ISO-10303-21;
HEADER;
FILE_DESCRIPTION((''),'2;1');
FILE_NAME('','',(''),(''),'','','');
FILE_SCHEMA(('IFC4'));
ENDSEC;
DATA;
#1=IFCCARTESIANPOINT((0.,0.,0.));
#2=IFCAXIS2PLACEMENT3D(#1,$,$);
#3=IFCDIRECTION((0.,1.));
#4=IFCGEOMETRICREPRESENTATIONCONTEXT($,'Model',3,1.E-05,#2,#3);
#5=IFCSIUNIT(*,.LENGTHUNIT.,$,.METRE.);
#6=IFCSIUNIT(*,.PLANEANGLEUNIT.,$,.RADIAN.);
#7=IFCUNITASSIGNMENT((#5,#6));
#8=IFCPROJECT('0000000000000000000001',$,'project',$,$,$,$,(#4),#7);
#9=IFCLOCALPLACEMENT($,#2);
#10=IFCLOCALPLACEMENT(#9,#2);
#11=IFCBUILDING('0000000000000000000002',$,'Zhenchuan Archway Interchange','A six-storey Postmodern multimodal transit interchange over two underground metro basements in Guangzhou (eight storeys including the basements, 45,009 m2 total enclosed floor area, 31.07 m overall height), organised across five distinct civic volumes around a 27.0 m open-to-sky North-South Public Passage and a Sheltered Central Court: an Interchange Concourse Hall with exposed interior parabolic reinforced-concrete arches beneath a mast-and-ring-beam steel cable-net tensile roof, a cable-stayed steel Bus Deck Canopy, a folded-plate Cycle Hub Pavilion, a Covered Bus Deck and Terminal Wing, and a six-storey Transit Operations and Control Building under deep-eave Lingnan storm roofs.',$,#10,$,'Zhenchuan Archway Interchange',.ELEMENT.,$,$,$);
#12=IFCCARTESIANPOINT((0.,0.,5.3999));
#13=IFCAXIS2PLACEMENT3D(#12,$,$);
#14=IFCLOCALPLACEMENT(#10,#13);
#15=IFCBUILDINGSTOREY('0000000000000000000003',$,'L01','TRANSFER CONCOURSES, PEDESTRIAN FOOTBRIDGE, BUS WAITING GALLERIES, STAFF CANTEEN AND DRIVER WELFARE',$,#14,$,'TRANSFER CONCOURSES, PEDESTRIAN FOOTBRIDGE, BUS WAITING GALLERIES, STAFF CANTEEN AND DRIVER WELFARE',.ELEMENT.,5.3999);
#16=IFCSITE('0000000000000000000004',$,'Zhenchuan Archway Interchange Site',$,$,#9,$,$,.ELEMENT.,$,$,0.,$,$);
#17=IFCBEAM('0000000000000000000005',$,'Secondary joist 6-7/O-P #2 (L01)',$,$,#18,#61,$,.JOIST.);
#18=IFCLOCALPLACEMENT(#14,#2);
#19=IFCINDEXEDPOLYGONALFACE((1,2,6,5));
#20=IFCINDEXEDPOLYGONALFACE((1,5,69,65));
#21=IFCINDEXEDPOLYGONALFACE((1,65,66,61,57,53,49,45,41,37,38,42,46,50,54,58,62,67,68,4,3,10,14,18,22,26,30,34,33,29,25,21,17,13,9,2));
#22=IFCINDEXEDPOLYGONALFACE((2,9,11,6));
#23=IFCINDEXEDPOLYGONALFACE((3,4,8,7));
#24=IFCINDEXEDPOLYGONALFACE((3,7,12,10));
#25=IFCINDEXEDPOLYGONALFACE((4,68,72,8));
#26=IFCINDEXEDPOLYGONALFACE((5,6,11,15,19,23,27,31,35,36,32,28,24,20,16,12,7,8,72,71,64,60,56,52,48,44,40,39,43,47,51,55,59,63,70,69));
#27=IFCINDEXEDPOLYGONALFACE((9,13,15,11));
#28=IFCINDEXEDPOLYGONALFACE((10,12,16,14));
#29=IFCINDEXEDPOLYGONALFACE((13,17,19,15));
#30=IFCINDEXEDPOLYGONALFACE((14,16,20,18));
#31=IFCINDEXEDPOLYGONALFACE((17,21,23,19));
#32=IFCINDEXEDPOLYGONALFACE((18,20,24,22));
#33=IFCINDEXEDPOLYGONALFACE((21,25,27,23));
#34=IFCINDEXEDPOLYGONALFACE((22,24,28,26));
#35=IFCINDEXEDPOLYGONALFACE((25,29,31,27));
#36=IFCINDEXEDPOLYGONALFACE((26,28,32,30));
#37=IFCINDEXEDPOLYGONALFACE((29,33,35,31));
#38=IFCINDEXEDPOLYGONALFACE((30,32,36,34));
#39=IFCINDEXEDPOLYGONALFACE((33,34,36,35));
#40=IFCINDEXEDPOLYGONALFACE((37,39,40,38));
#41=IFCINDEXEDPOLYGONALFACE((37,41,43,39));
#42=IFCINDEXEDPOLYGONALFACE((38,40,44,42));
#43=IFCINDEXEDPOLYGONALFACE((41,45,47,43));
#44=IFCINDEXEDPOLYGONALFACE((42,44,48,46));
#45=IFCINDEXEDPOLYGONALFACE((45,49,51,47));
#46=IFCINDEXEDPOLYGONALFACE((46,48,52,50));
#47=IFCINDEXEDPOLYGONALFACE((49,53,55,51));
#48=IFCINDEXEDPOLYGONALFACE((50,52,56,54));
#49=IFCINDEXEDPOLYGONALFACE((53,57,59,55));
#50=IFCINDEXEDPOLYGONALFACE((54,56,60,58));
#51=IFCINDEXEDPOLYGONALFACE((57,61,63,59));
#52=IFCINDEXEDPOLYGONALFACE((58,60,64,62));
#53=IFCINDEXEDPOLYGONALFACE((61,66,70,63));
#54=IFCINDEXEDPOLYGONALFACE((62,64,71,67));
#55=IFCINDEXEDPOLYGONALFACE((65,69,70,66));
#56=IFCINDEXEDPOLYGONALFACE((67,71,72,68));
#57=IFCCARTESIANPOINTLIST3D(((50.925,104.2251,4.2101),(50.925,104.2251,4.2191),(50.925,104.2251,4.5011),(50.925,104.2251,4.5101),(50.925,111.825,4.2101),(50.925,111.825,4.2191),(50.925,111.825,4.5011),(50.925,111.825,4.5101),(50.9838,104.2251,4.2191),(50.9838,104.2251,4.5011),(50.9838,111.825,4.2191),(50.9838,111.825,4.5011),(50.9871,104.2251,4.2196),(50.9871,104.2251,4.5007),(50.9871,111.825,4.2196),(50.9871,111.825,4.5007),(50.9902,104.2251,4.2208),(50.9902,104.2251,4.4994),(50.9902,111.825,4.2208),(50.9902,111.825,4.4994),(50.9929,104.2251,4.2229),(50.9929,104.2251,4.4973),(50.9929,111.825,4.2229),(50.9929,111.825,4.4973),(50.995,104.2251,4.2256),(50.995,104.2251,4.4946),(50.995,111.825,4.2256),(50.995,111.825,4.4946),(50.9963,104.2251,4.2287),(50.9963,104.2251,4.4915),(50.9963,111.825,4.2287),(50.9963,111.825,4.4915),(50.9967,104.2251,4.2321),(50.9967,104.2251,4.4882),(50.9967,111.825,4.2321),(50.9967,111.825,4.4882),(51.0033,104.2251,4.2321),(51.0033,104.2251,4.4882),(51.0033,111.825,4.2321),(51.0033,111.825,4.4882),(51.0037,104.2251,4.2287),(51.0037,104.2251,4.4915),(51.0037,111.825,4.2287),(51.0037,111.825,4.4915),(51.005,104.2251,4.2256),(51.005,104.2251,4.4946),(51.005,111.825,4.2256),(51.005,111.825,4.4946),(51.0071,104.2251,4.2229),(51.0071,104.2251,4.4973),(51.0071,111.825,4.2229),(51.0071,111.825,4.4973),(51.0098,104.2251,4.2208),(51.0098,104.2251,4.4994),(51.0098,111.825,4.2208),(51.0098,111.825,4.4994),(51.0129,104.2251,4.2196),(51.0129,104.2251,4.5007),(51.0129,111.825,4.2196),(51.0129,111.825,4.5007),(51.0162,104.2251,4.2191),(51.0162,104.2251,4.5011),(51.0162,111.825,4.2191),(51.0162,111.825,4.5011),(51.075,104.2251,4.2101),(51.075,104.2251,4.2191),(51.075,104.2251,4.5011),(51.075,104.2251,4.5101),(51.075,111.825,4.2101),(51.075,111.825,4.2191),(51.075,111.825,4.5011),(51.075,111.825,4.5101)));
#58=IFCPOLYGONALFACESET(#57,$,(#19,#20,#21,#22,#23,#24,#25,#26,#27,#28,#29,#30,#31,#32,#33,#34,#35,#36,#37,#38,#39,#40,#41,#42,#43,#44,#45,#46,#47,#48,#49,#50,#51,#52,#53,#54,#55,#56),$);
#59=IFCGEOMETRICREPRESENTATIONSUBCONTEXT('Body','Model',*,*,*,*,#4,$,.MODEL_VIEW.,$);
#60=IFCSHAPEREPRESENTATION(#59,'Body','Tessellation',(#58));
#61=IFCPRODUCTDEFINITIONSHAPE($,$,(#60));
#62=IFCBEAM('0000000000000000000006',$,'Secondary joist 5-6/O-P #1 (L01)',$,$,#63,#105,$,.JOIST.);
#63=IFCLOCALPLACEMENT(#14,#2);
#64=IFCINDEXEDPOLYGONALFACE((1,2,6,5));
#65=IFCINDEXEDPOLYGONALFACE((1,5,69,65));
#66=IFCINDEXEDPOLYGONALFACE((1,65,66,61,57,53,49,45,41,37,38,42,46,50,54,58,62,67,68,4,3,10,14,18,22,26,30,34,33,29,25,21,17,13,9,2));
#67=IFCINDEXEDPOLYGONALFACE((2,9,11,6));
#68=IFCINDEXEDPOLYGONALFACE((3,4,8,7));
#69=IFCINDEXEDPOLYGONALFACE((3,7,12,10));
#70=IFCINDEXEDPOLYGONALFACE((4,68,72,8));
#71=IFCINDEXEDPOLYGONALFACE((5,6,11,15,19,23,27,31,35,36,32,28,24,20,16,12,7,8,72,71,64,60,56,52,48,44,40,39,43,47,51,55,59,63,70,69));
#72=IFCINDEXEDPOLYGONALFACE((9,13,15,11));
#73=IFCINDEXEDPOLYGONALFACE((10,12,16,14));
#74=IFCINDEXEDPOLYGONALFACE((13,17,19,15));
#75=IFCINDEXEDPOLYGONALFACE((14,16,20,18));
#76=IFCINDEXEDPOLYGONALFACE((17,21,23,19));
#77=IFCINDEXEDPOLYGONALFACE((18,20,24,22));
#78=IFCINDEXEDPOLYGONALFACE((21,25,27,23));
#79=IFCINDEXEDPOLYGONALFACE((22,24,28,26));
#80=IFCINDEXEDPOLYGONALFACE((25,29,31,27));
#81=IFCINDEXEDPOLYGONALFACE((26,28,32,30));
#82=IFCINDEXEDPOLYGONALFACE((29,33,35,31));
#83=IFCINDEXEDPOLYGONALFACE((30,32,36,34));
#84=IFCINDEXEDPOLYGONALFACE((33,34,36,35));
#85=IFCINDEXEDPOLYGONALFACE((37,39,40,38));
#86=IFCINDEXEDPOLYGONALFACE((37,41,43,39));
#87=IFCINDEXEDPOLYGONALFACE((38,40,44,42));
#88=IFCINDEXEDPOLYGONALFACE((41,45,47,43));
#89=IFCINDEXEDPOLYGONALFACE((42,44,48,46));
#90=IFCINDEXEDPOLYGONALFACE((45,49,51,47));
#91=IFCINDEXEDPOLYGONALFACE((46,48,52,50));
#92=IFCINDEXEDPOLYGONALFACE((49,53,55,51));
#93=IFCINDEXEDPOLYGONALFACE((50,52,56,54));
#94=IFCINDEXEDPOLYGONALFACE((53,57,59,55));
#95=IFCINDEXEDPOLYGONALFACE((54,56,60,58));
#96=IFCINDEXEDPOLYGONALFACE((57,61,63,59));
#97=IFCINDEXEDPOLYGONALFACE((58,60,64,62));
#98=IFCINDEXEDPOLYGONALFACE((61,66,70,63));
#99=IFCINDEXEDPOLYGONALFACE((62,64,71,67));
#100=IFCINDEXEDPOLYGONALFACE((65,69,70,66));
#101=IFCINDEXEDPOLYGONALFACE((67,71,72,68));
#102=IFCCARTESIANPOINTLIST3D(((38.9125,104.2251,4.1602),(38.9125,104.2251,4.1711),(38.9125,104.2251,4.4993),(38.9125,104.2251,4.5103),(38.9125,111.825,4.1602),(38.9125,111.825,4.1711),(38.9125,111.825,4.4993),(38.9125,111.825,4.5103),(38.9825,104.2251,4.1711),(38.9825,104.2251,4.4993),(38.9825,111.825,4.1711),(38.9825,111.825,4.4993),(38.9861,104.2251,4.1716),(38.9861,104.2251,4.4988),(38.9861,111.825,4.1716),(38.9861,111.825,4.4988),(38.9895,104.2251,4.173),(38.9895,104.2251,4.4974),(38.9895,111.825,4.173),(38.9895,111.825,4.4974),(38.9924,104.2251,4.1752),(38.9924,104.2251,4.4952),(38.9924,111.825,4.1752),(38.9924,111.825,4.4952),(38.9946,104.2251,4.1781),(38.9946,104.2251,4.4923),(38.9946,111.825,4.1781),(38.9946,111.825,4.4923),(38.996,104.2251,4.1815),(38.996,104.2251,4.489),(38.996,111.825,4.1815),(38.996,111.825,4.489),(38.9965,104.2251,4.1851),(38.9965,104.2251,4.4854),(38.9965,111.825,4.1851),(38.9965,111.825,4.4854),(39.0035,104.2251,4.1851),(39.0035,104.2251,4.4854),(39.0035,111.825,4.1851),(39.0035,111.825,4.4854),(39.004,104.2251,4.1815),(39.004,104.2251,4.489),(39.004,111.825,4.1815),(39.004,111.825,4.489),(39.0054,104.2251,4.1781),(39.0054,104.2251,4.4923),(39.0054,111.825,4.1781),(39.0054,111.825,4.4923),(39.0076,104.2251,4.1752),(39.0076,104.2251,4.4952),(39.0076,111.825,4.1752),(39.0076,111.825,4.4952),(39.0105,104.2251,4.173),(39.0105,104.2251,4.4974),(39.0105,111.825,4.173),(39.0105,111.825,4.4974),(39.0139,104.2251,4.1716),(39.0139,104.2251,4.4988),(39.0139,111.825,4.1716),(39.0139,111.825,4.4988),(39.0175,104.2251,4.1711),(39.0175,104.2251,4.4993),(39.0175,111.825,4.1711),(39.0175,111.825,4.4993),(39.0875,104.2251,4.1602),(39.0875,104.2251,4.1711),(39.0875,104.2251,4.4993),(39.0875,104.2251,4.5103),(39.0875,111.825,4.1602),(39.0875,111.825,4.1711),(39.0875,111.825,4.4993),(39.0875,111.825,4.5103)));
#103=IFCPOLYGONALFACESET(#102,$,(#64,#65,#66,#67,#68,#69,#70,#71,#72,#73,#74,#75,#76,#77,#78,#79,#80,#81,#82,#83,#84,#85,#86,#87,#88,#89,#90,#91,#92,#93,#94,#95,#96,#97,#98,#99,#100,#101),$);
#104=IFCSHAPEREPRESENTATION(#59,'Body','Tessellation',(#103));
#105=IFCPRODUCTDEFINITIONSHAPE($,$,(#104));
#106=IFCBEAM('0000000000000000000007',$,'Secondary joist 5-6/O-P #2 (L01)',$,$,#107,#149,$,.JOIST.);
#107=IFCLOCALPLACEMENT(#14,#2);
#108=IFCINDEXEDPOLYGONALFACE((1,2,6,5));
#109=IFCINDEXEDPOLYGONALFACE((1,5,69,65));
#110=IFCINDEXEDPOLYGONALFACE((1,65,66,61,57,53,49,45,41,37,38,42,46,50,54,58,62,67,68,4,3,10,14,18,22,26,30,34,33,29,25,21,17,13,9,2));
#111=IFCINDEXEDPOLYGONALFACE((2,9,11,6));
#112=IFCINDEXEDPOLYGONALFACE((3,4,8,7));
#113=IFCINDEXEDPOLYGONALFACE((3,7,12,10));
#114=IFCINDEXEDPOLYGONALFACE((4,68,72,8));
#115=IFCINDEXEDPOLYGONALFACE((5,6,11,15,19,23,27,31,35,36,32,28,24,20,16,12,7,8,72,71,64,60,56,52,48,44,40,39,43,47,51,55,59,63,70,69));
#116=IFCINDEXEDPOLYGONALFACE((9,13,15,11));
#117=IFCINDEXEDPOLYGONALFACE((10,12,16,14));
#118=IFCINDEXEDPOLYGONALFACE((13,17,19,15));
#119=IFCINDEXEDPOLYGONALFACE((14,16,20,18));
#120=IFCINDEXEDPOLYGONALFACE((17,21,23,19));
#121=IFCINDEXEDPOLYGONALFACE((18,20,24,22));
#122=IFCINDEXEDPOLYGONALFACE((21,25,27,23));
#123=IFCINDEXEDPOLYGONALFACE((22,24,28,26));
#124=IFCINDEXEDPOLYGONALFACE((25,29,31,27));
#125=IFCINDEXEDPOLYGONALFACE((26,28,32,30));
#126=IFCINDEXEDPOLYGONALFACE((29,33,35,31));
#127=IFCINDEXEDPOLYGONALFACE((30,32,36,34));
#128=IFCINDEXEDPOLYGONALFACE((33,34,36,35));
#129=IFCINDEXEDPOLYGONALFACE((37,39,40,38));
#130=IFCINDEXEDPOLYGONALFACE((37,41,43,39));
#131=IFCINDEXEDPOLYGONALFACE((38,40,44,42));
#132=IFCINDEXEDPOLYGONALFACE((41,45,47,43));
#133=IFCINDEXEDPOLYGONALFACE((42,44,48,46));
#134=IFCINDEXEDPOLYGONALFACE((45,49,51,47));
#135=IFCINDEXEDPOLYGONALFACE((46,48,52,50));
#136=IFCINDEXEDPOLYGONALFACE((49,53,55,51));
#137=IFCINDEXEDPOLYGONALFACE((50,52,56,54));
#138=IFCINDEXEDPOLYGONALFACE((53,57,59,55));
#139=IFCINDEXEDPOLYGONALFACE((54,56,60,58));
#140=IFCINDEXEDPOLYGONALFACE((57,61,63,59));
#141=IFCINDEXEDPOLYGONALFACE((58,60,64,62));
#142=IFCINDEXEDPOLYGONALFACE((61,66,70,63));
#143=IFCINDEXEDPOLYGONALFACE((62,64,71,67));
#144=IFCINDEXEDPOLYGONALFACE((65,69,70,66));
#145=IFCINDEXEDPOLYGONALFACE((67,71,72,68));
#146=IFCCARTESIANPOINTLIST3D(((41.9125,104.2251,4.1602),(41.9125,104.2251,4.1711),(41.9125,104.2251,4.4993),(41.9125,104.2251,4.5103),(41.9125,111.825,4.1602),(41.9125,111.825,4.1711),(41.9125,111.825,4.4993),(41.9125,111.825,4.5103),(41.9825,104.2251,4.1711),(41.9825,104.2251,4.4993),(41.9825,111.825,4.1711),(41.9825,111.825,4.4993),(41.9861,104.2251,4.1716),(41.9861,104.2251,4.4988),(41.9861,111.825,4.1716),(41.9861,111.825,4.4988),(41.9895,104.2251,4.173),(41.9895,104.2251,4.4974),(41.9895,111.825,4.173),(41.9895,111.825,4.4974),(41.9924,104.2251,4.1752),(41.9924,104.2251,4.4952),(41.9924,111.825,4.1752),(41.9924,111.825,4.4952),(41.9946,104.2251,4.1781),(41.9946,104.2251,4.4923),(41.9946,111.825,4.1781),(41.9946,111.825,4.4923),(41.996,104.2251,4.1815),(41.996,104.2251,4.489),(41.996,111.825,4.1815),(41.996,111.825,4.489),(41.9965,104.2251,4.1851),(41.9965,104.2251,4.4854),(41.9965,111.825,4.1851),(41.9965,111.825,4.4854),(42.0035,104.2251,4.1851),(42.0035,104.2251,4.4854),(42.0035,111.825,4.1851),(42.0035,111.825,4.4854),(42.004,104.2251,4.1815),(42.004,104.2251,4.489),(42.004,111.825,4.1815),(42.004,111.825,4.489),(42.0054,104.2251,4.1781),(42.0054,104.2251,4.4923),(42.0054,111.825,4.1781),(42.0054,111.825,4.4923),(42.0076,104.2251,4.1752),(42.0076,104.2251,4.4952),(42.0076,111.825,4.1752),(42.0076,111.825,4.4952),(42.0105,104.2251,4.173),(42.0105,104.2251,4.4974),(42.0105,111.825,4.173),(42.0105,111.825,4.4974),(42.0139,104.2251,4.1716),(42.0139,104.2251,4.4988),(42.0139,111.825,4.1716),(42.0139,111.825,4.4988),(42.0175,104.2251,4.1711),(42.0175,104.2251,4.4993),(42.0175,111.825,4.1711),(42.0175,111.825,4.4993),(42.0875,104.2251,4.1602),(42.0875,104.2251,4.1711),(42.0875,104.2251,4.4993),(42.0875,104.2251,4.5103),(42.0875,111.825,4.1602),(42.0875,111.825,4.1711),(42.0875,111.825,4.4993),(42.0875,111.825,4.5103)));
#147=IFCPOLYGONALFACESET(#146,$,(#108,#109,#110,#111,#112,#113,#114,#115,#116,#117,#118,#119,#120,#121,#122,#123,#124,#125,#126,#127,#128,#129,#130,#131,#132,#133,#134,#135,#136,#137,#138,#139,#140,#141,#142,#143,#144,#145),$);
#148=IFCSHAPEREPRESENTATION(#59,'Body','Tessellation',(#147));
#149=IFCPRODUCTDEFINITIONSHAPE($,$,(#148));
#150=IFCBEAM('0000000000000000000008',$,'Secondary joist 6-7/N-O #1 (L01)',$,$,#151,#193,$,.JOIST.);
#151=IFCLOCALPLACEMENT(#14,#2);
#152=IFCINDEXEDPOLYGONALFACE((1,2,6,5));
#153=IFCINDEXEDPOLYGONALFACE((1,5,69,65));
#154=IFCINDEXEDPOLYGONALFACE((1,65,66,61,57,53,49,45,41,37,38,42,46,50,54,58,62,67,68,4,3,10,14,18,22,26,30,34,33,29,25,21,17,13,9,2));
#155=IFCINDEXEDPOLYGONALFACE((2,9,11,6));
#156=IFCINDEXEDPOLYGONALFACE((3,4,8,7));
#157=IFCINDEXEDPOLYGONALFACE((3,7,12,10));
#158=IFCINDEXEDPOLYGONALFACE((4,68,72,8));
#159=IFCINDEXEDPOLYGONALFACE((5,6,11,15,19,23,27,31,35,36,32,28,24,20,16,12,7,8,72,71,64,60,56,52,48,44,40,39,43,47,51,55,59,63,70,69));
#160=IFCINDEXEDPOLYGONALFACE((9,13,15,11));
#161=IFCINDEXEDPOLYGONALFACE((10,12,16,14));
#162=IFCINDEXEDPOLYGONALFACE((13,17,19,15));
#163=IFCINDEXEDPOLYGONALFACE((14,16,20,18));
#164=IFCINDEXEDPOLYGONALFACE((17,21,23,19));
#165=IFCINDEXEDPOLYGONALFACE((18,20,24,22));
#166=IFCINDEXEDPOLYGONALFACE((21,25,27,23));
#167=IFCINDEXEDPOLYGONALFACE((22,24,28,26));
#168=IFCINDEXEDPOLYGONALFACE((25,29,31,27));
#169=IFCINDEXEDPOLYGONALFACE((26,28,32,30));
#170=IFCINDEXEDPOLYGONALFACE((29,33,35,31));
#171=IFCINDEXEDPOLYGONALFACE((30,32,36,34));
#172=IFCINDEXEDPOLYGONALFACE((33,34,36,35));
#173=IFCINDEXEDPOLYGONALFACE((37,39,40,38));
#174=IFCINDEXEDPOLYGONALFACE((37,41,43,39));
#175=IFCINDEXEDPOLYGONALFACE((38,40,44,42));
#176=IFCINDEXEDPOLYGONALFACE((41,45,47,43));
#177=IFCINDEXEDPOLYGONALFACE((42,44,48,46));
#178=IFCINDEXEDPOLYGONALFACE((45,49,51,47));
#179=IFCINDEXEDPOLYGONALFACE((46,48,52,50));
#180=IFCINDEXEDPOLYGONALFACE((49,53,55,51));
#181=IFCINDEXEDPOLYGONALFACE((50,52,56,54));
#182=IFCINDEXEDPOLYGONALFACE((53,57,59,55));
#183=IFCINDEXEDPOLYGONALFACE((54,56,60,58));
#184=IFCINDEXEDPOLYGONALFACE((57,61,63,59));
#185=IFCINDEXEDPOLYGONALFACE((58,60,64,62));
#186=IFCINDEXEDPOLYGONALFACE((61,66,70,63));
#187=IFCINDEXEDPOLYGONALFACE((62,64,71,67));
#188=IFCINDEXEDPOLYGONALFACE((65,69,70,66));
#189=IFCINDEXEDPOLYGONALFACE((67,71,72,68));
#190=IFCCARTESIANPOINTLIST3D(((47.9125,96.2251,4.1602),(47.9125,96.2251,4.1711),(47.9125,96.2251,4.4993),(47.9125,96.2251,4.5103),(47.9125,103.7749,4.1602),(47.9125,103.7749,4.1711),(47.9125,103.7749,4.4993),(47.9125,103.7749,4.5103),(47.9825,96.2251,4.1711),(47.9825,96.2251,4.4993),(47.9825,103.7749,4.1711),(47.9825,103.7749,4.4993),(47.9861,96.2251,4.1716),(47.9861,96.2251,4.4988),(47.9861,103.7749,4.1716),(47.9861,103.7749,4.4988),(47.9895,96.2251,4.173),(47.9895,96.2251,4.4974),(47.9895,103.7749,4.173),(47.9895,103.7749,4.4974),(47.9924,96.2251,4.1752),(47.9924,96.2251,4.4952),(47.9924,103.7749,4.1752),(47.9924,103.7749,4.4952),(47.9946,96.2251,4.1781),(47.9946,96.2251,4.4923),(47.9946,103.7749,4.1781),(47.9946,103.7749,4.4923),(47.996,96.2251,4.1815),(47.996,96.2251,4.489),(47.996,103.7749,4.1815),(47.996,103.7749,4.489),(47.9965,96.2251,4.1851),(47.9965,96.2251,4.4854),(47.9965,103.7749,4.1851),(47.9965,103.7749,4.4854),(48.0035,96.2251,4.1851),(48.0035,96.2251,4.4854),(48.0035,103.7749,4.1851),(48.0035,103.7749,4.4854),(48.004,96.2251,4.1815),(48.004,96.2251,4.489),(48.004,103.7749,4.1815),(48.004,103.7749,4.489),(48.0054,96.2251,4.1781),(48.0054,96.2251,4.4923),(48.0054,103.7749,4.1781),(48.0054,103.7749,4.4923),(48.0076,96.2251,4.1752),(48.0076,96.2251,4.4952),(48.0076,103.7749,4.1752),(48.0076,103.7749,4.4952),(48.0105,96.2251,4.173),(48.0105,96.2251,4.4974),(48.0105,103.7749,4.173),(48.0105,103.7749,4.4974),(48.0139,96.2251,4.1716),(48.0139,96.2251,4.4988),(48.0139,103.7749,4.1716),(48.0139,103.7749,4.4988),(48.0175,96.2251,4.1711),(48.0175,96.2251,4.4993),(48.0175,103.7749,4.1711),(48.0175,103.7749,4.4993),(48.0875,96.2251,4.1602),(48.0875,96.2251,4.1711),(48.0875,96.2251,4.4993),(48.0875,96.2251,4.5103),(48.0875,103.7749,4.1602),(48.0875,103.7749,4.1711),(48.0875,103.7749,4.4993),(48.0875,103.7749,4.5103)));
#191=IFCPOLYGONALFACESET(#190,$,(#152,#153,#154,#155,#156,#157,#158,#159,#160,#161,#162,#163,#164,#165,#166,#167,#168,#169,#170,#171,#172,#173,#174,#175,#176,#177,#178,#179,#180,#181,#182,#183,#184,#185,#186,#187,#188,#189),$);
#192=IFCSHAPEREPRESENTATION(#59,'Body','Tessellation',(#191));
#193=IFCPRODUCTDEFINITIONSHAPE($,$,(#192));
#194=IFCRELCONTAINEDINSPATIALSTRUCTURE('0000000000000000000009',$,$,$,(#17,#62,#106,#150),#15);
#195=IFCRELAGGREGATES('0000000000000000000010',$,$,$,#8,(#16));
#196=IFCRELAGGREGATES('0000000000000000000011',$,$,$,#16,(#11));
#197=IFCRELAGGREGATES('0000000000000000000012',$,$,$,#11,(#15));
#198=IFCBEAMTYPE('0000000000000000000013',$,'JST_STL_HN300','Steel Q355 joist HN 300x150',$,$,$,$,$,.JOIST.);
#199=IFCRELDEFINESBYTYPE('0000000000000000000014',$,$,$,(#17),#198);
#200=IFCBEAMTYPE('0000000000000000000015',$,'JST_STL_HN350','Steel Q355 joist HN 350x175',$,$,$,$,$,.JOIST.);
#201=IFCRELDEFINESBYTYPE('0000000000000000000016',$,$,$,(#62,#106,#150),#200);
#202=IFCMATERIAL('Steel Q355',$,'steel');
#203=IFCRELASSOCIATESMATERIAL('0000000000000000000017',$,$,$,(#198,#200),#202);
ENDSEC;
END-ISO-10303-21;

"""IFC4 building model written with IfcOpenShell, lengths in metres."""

from ifc_helpers import new_model, si_unit, direction, frame, origin, origin_2d, place, context, subcontext, project, spatial, i_section, extrude, material, material_profile, profile_set, type_object, element, save


model = new_model("IFC4")

# Units and contexts
model_context = context("Model", 3, precision=1e-05, world=origin(), true_north=direction((0.0, 1.0)))
body_context = subcontext(model_context, "Body", "Model", "MODEL_VIEW")
ifc_project = project(units=[si_unit("LENGTHUNIT", "METRE"), si_unit("PLANEANGLEUNIT", "RADIAN")], contexts=[model_context])

# Site, building, storey
site_placement = place(None, origin())
site = spatial("IfcSite", under=ifc_project, at=site_placement, Name="Zhenchuan Archway Interchange Site", CompositionType="ELEMENT", RefElevation=0.0)
building_placement = place(site_placement, origin())
building = spatial("IfcBuilding", under=site, at=building_placement, Name="Zhenchuan Archway Interchange", Description="A six-storey Postmodern multimodal transit interchange over two underground metro basements in Guangzhou (eight storeys including the basements, 45,009 m2 total enclosed floor area, 31.07 m overall height), organised across five distinct civic volumes around a 27.0 m open-to-sky North-South Public Passage and a Sheltered Central Court: an Interchange Concourse Hall with exposed interior parabolic reinforced-concrete arches beneath a mast-and-ring-beam steel cable-net tensile roof, a cable-stayed steel Bus Deck Canopy, a folded-plate Cycle Hub Pavilion, a Covered Bus Deck and Terminal Wing, and a six-storey Transit Operations and Control Building under deep-eave Lingnan storm roofs.", LongName="Zhenchuan Archway Interchange", CompositionType="ELEMENT")
storey_placement = place(building_placement, frame((0.0, 0.0, 5.3999)))
storey = spatial("IfcBuildingStorey", under=building, at=storey_placement, Name="L01", Description="TRANSFER CONCOURSES, PEDESTRIAN FOOTBRIDGE, BUS WAITING GALLERIES, STAFF CANTEEN AND DRIVER WELFARE", LongName="TRANSFER CONCOURSES, PEDESTRIAN FOOTBRIDGE, BUS WAITING GALLERIES, STAFF CANTEEN AND DRIVER WELFARE", CompositionType="ELEMENT", Elevation=5.3999)

# Beams
ifc_material_1 = material(Name="Steel Q355", Category="steel")
ifc_material_profile_1 = material_profile(ifc_material_1, i_section(OverallWidth=0.1499, OverallDepth=0.3, WebThickness=0.0066, FlangeThickness=0.009, FilletRadius=0.0129, at=origin_2d()), Name="HN 300x150")
ifc_profile_set_1 = profile_set([ifc_material_profile_1], Name="Steel Q355")
beam_type_1 = type_object("IfcBeamType", Name="JST_STL_HN300", Description="Steel Q355 joist HN 300x150", PredefinedType="JOIST", material=ifc_profile_set_1)
for number, where, z_axis, x_axis, name in (
    (1, (51.0, 104.2251, 4.3601), (0.0, 1.0, 0.0), (-1.0, 0.0, 0.0), "Secondary joist 6-7/O-P #2 (L01)"),
):
    element("IfcBeam", number, at=place(storey_placement, frame(where, z_axis=z_axis, x_axis=x_axis)), inside=storey, type_object=beam_type_1, Name=name, PredefinedType="JOIST", context=body_context, shape_type="SweptSolid", body=[
        extrude(i_section(OverallWidth=0.1499, OverallDepth=0.3, WebThickness=0.0066, FlangeThickness=0.009, FilletRadius=0.0129, at=origin_2d()), origin(), (0.0, 0.0, 1.0), 7.5999),
    ])
ifc_material_profile_2 = material_profile(ifc_material_1, i_section(OverallWidth=0.175, OverallDepth=0.3501, WebThickness=0.0071, FlangeThickness=0.011, FilletRadius=0.0139, at=origin_2d()), Name="HN 350x175")
ifc_profile_set_2 = profile_set([ifc_material_profile_2], Name="Steel Q355")
beam_type_2 = type_object("IfcBeamType", Name="JST_STL_HN350", Description="Steel Q355 joist HN 350x175", PredefinedType="JOIST", material=ifc_profile_set_2)
for number, where, z_axis, x_axis, name in (
    (2, (39.0, 104.2251, 4.3352), (0.0, 1.0, 0.0), (-1.0, 0.0, 0.0), "Secondary joist 5-6/O-P #1 (L01)"),
    (3, (42.0, 104.2251, 4.3352), (0.0, 1.0, 0.0), (-1.0, 0.0, 0.0), "Secondary joist 5-6/O-P #2 (L01)"),
):
    element("IfcBeam", number, at=place(storey_placement, frame(where, z_axis=z_axis, x_axis=x_axis)), inside=storey, type_object=beam_type_2, Name=name, PredefinedType="JOIST", context=body_context, shape_type="SweptSolid", body=[
        extrude(i_section(OverallWidth=0.175, OverallDepth=0.3501, WebThickness=0.0071, FlangeThickness=0.011, FilletRadius=0.0139, at=origin_2d()), origin(), (0.0, 0.0, 1.0), 7.5999),
    ])
for number, where, z_axis, x_axis, name in (
    (4, (48.0, 96.2251, 4.3352), (0.0, 1.0, 0.0), (-1.0, 0.0, 0.0), "Secondary joist 6-7/N-O #1 (L01)"),
):
    element("IfcBeam", number, at=place(storey_placement, frame(where, z_axis=z_axis, x_axis=x_axis)), inside=storey, type_object=beam_type_2, Name=name, PredefinedType="JOIST", context=body_context, shape_type="SweptSolid", body=[
        extrude(i_section(OverallWidth=0.175, OverallDepth=0.3501, WebThickness=0.0071, FlangeThickness=0.011, FilletRadius=0.0139, at=origin_2d()), origin(), (0.0, 0.0, 1.0), 7.5498),
    ])

save(model, "model.ifc")
